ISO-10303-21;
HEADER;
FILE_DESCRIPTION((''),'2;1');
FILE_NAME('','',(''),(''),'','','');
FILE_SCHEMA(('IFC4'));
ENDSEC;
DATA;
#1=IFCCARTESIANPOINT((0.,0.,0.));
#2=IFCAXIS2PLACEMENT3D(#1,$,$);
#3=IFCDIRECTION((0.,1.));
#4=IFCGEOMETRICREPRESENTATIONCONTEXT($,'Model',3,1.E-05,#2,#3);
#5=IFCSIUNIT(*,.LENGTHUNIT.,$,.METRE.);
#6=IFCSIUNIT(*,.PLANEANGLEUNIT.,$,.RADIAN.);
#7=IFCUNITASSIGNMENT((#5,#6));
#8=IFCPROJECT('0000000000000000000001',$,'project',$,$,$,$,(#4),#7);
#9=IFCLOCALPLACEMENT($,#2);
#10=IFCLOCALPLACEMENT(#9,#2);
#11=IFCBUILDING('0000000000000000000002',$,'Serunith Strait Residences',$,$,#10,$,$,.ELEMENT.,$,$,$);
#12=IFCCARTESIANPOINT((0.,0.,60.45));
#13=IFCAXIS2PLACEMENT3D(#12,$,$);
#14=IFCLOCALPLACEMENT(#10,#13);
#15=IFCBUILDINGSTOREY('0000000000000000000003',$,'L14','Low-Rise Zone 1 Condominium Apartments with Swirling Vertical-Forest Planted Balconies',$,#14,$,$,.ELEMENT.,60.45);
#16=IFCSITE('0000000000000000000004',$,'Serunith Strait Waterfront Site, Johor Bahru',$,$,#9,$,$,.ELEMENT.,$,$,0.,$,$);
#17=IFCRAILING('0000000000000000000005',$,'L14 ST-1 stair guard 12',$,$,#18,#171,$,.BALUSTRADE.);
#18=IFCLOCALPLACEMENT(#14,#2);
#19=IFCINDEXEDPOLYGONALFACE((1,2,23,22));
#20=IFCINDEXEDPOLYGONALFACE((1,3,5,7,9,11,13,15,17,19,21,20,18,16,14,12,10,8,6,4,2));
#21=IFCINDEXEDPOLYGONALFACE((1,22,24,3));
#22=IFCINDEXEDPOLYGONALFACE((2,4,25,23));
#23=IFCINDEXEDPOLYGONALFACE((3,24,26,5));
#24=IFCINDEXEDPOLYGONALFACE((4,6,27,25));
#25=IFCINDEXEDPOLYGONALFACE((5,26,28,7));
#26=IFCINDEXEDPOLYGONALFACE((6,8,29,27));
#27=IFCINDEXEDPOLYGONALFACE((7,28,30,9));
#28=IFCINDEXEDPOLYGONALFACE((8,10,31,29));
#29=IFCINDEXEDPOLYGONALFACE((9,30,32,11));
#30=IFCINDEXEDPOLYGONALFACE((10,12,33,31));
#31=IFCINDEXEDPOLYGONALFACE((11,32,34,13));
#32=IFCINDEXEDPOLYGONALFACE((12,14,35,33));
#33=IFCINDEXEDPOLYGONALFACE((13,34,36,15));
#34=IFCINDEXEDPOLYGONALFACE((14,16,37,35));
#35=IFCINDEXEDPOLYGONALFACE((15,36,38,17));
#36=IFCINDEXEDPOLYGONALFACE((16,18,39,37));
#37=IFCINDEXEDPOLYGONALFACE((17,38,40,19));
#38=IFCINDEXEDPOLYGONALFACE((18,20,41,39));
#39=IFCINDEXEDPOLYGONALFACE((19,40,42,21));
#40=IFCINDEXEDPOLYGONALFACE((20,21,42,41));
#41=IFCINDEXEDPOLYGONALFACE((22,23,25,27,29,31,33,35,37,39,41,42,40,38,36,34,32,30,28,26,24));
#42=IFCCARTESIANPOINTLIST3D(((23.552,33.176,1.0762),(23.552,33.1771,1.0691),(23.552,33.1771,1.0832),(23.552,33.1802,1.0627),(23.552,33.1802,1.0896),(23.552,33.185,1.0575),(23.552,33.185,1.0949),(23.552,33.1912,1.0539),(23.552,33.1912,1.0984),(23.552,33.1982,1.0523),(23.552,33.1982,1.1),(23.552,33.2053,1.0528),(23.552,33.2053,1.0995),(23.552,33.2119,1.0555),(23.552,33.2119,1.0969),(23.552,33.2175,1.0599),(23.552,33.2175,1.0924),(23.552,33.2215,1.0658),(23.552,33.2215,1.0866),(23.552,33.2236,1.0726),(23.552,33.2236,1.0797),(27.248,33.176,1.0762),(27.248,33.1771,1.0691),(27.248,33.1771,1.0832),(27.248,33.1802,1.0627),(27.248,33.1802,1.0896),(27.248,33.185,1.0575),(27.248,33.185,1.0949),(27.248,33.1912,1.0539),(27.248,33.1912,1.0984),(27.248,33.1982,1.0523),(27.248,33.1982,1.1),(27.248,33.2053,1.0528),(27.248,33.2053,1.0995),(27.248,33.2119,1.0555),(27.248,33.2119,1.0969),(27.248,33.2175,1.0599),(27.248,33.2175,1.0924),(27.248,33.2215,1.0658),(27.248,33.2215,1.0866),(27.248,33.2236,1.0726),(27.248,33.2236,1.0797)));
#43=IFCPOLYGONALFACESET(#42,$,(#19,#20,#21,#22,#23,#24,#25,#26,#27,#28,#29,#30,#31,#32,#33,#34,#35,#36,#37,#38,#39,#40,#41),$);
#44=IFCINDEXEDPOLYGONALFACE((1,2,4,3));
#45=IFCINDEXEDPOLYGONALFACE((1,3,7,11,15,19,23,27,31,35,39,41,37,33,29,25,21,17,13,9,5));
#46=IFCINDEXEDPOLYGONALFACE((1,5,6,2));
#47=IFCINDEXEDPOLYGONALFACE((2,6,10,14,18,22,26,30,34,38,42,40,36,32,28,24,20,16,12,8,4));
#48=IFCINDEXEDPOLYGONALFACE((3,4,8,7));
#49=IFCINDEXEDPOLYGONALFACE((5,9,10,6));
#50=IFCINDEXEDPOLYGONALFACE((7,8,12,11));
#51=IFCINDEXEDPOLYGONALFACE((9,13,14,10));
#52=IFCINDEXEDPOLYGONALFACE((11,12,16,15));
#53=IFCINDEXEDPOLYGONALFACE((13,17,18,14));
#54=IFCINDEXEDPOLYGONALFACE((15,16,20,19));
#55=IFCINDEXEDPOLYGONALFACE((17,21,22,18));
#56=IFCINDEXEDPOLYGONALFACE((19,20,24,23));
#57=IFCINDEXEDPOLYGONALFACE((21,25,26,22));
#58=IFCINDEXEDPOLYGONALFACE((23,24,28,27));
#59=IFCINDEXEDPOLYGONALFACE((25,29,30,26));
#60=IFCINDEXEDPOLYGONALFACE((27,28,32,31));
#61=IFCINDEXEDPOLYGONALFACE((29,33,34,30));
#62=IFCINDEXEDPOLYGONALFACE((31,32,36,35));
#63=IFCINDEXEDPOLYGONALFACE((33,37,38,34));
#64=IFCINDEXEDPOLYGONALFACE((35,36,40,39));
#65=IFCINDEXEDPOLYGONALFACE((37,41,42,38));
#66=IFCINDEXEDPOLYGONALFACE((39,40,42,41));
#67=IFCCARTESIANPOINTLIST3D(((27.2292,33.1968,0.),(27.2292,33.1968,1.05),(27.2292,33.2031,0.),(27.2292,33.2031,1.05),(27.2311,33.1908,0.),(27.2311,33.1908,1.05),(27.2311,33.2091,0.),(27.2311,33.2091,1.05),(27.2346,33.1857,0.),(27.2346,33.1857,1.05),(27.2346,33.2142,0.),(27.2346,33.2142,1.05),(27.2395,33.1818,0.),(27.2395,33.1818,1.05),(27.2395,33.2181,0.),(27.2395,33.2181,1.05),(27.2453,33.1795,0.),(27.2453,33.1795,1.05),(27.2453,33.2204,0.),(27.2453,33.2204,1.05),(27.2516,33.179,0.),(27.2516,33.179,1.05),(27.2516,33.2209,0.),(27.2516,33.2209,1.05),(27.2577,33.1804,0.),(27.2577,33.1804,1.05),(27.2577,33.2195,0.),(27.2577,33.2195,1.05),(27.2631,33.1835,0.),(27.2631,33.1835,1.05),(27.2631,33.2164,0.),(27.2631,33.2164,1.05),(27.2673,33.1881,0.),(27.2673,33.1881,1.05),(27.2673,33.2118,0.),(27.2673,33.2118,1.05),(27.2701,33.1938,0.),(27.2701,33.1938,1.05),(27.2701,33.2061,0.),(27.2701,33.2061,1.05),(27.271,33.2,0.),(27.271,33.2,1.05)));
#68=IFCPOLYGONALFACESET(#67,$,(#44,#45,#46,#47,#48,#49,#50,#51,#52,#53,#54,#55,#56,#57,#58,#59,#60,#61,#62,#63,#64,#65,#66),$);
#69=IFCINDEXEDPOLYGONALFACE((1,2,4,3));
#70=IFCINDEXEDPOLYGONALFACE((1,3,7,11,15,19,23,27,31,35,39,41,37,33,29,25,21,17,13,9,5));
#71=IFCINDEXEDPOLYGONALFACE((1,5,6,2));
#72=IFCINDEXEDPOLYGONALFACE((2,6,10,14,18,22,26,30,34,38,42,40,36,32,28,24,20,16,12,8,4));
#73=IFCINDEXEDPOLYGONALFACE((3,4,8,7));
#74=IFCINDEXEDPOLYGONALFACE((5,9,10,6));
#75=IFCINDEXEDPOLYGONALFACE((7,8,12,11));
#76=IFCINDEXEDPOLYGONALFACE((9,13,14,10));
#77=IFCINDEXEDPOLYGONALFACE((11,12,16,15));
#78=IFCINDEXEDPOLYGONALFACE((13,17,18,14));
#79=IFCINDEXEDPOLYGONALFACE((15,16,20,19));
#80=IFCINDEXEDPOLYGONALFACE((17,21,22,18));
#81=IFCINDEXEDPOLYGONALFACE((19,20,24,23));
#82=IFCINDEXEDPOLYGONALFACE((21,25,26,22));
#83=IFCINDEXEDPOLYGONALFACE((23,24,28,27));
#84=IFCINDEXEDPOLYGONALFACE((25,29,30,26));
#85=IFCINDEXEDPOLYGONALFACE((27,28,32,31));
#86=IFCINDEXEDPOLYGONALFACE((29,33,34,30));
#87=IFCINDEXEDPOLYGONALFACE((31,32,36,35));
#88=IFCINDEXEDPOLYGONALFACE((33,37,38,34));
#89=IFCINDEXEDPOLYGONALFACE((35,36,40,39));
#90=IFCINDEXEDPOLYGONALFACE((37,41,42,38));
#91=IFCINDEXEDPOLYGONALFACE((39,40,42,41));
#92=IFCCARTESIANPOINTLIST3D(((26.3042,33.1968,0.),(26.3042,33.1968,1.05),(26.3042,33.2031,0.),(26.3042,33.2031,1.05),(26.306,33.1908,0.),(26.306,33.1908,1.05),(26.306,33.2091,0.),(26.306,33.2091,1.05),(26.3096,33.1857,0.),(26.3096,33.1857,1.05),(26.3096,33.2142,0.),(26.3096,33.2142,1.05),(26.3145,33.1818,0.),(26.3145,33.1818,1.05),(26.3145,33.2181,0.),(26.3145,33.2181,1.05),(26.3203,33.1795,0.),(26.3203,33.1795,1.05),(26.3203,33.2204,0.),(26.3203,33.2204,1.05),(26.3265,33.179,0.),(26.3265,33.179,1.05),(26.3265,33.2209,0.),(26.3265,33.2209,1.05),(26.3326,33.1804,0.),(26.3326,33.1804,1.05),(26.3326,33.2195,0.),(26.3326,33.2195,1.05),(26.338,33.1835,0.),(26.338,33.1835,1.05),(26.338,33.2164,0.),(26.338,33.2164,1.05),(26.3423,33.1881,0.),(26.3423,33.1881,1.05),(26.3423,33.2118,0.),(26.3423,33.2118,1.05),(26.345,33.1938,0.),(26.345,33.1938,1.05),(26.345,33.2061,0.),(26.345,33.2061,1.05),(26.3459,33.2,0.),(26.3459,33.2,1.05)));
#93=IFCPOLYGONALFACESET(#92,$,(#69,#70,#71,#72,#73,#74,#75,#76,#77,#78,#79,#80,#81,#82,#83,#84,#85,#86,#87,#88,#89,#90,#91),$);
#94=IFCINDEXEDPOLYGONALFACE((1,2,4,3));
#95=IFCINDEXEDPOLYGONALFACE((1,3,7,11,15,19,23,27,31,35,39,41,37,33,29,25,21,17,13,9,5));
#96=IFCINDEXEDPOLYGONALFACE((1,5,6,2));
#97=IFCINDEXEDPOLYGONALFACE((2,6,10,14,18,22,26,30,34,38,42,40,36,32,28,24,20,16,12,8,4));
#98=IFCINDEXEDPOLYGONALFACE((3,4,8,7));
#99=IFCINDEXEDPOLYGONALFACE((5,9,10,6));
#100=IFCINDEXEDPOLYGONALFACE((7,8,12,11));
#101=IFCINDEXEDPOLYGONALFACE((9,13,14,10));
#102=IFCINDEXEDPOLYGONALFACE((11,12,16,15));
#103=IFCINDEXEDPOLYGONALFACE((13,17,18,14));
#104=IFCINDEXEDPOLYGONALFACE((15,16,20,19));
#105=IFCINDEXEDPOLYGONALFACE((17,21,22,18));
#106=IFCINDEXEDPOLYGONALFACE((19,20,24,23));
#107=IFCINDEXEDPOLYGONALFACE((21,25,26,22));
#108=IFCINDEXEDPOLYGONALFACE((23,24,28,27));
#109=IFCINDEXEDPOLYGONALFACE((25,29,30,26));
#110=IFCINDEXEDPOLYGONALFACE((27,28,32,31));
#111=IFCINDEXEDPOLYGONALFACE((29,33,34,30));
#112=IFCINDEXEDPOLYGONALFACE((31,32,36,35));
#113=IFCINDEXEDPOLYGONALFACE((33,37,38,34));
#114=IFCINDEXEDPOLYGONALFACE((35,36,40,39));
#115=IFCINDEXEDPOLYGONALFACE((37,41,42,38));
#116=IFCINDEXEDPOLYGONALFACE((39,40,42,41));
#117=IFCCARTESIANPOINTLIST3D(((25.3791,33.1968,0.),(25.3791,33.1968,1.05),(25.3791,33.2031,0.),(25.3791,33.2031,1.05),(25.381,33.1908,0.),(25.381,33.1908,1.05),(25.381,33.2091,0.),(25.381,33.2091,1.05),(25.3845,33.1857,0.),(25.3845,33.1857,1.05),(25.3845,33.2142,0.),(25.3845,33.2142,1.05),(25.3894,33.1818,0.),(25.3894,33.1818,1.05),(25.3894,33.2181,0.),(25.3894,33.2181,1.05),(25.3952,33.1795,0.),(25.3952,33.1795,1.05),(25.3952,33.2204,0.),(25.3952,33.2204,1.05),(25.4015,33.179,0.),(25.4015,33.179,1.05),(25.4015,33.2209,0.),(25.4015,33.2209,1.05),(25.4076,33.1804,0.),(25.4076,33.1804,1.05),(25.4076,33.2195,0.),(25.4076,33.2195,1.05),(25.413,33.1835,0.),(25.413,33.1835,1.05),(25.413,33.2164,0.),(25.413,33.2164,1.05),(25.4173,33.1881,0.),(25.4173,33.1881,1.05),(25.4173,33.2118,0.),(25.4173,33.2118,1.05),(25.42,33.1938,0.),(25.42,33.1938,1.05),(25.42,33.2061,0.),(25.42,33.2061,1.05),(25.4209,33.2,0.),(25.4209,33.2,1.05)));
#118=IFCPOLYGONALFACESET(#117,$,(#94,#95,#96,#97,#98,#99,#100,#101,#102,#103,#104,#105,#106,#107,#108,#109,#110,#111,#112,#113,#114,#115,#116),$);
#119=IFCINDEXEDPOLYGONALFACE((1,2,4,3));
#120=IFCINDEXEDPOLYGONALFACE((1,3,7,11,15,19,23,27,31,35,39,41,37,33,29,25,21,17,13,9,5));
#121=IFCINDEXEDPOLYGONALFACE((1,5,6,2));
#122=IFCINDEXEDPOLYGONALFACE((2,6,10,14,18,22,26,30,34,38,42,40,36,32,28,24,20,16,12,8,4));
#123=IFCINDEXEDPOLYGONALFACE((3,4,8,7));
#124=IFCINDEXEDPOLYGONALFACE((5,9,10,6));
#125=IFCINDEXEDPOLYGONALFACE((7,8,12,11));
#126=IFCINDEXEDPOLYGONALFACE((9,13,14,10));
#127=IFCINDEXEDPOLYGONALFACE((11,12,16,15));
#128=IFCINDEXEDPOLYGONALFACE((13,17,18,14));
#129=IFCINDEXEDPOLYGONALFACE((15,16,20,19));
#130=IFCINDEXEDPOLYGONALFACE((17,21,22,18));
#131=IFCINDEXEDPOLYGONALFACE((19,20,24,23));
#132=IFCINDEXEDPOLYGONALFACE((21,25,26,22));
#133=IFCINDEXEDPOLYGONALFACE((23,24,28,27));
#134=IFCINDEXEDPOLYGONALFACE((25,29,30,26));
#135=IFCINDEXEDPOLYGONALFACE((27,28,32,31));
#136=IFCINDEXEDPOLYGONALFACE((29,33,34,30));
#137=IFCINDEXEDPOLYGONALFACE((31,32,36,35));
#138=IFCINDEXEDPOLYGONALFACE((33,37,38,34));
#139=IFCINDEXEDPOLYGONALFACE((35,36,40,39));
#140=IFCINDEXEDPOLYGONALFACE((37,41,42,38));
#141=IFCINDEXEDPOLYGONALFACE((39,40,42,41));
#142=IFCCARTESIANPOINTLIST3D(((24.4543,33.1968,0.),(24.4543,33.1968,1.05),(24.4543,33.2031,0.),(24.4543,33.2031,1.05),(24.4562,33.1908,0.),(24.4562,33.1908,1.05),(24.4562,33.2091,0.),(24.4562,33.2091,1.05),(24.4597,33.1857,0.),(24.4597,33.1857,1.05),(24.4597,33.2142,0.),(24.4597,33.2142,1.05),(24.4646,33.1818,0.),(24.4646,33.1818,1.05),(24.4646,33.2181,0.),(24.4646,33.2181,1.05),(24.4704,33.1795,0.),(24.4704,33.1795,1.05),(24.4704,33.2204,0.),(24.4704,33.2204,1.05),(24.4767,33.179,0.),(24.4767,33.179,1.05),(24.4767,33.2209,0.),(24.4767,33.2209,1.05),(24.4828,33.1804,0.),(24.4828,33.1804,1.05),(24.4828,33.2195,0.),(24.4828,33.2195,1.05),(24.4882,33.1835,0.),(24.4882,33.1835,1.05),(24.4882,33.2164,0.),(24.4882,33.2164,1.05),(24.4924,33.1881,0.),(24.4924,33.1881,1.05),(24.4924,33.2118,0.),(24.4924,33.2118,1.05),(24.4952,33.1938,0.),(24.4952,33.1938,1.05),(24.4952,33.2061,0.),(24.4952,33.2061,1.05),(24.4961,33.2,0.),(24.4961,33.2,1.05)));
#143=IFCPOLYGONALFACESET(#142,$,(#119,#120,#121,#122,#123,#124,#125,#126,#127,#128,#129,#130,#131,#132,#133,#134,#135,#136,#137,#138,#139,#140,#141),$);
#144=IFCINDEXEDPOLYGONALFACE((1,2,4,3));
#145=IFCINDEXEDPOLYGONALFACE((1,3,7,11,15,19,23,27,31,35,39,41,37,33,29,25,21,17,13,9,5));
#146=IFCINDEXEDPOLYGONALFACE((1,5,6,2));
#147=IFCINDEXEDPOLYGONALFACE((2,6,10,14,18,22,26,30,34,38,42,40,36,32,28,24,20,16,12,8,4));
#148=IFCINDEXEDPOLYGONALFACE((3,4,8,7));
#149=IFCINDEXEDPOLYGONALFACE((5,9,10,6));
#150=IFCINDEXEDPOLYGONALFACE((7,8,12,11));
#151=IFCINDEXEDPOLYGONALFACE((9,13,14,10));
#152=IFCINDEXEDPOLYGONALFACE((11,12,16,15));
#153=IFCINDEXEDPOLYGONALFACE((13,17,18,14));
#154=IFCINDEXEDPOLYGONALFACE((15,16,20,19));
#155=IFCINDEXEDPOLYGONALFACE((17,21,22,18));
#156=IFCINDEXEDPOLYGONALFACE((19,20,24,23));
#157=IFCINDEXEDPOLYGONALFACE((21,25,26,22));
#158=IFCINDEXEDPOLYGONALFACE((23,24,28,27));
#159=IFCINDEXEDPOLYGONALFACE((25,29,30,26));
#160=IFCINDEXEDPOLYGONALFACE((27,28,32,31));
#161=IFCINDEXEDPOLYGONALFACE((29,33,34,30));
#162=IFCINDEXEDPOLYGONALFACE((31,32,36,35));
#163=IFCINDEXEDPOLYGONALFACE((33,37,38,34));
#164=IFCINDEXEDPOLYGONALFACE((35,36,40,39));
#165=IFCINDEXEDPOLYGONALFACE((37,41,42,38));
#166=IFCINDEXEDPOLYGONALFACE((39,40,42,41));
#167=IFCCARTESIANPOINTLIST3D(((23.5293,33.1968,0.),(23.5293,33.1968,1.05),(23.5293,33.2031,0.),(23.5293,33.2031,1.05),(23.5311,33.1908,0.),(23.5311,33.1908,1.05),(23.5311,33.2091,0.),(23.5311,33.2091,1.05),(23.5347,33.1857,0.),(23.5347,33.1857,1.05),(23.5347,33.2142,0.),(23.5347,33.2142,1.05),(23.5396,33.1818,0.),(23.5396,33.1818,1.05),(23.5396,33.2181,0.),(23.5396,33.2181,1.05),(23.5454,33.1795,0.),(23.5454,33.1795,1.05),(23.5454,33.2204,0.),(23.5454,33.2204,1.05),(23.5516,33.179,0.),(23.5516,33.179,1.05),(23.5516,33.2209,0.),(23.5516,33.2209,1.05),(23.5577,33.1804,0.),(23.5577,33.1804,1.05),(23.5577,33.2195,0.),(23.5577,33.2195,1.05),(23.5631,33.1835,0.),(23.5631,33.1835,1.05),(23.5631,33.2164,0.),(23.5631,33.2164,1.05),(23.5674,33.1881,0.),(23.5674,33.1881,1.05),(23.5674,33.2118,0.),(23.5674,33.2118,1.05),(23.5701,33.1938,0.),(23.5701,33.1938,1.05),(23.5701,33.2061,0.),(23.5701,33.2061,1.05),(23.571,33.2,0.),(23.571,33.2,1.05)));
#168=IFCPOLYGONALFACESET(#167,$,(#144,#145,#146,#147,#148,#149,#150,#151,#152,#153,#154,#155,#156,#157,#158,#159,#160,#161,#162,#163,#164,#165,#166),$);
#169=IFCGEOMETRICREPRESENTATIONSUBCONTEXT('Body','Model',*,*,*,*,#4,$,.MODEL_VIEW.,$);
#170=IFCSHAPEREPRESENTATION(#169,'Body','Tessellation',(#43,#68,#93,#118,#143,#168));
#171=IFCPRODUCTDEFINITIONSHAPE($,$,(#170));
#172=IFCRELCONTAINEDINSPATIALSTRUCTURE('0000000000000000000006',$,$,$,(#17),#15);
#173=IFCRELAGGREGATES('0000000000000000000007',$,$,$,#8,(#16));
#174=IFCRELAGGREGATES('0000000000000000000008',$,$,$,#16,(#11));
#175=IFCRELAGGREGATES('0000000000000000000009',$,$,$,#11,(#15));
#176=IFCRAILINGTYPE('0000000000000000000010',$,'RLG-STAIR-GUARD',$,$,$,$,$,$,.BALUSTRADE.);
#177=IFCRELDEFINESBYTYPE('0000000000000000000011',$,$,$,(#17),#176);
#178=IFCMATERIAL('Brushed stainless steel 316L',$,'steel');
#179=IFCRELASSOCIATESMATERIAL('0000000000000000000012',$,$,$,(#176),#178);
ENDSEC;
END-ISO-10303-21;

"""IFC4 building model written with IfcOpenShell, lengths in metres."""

from ifc_helpers import new_model, si_unit, direction, frame, origin, origin_2d, place, context, subcontext, project, spatial, circle, extrude, material, type_object, element, save


model = new_model("IFC4")

# Units and contexts
model_context = context("Model", 3, precision=1e-05, world=origin(), true_north=direction((0.0, 1.0)))
body_context = subcontext(model_context, "Body", "Model", "MODEL_VIEW")
ifc_project = project(units=[si_unit("LENGTHUNIT", "METRE"), si_unit("PLANEANGLEUNIT", "RADIAN")], contexts=[model_context])

# Site, building, storey
site_placement = place(None, origin())
site = spatial("IfcSite", under=ifc_project, at=site_placement, Name="Serunith Strait Waterfront Site, Johor Bahru", CompositionType="ELEMENT", RefElevation=0.0)
building_placement = place(site_placement, origin())
building = spatial("IfcBuilding", under=site, at=building_placement, Name="Serunith Strait Residences", CompositionType="ELEMENT")
storey_placement = place(building_placement, frame((0.0, 0.0, 60.45)))
storey = spatial("IfcBuildingStorey", under=building, at=storey_placement, Name="L14", Description="Low-Rise Zone 1 Condominium Apartments with Swirling Vertical-Forest Planted Balconies", CompositionType="ELEMENT", Elevation=60.45)

# Railing
ifc_material_1 = material(Name="Brushed stainless steel 316L", Category="steel")
railing_type_1 = type_object("IfcRailingType", Name="RLG-STAIR-GUARD", PredefinedType="BALUSTRADE", material=ifc_material_1)
railing_1_placement = place(storey_placement, frame((27.25, 33.2, 0.0)))
element("IfcRailing", 1, at=railing_1_placement, inside=storey, type_object=railing_type_1, Name="L14 ST-1 stair guard 12", PredefinedType="BALUSTRADE", context=body_context, shape_type="SweptSolid", body=[
    extrude(circle(Radius=0.0239, at=origin_2d()), frame((-0.002, 0.0, 1.0762), z_axis=(-1.0, 0.0, 0.0), x_axis=(0.0, -1.0, 0.0)), (0.0, 0.0, 1.0), 3.696),
    extrude(circle(Radius=0.021, at=origin_2d()), origin(), (0.0, 0.0, 1.0), 1.05),
    extrude(circle(Radius=0.021, at=origin_2d()), frame((-0.925, 0.0, 0.0)), (0.0, 0.0, 1.0), 1.05),
    extrude(circle(Radius=0.021, at=origin_2d()), frame((-1.8501, 0.0, 0.0)), (0.0, 0.0, 1.0), 1.05),
    extrude(circle(Radius=0.021, at=origin_2d()), frame((-2.7749, 0.0, 0.0)), (0.0, 0.0, 1.0), 1.05),
    extrude(circle(Radius=0.021, at=origin_2d()), frame((-3.7, 0.0, 0.0)), (0.0, 0.0, 1.0), 1.05),
])

save(model, "model.ifc")
